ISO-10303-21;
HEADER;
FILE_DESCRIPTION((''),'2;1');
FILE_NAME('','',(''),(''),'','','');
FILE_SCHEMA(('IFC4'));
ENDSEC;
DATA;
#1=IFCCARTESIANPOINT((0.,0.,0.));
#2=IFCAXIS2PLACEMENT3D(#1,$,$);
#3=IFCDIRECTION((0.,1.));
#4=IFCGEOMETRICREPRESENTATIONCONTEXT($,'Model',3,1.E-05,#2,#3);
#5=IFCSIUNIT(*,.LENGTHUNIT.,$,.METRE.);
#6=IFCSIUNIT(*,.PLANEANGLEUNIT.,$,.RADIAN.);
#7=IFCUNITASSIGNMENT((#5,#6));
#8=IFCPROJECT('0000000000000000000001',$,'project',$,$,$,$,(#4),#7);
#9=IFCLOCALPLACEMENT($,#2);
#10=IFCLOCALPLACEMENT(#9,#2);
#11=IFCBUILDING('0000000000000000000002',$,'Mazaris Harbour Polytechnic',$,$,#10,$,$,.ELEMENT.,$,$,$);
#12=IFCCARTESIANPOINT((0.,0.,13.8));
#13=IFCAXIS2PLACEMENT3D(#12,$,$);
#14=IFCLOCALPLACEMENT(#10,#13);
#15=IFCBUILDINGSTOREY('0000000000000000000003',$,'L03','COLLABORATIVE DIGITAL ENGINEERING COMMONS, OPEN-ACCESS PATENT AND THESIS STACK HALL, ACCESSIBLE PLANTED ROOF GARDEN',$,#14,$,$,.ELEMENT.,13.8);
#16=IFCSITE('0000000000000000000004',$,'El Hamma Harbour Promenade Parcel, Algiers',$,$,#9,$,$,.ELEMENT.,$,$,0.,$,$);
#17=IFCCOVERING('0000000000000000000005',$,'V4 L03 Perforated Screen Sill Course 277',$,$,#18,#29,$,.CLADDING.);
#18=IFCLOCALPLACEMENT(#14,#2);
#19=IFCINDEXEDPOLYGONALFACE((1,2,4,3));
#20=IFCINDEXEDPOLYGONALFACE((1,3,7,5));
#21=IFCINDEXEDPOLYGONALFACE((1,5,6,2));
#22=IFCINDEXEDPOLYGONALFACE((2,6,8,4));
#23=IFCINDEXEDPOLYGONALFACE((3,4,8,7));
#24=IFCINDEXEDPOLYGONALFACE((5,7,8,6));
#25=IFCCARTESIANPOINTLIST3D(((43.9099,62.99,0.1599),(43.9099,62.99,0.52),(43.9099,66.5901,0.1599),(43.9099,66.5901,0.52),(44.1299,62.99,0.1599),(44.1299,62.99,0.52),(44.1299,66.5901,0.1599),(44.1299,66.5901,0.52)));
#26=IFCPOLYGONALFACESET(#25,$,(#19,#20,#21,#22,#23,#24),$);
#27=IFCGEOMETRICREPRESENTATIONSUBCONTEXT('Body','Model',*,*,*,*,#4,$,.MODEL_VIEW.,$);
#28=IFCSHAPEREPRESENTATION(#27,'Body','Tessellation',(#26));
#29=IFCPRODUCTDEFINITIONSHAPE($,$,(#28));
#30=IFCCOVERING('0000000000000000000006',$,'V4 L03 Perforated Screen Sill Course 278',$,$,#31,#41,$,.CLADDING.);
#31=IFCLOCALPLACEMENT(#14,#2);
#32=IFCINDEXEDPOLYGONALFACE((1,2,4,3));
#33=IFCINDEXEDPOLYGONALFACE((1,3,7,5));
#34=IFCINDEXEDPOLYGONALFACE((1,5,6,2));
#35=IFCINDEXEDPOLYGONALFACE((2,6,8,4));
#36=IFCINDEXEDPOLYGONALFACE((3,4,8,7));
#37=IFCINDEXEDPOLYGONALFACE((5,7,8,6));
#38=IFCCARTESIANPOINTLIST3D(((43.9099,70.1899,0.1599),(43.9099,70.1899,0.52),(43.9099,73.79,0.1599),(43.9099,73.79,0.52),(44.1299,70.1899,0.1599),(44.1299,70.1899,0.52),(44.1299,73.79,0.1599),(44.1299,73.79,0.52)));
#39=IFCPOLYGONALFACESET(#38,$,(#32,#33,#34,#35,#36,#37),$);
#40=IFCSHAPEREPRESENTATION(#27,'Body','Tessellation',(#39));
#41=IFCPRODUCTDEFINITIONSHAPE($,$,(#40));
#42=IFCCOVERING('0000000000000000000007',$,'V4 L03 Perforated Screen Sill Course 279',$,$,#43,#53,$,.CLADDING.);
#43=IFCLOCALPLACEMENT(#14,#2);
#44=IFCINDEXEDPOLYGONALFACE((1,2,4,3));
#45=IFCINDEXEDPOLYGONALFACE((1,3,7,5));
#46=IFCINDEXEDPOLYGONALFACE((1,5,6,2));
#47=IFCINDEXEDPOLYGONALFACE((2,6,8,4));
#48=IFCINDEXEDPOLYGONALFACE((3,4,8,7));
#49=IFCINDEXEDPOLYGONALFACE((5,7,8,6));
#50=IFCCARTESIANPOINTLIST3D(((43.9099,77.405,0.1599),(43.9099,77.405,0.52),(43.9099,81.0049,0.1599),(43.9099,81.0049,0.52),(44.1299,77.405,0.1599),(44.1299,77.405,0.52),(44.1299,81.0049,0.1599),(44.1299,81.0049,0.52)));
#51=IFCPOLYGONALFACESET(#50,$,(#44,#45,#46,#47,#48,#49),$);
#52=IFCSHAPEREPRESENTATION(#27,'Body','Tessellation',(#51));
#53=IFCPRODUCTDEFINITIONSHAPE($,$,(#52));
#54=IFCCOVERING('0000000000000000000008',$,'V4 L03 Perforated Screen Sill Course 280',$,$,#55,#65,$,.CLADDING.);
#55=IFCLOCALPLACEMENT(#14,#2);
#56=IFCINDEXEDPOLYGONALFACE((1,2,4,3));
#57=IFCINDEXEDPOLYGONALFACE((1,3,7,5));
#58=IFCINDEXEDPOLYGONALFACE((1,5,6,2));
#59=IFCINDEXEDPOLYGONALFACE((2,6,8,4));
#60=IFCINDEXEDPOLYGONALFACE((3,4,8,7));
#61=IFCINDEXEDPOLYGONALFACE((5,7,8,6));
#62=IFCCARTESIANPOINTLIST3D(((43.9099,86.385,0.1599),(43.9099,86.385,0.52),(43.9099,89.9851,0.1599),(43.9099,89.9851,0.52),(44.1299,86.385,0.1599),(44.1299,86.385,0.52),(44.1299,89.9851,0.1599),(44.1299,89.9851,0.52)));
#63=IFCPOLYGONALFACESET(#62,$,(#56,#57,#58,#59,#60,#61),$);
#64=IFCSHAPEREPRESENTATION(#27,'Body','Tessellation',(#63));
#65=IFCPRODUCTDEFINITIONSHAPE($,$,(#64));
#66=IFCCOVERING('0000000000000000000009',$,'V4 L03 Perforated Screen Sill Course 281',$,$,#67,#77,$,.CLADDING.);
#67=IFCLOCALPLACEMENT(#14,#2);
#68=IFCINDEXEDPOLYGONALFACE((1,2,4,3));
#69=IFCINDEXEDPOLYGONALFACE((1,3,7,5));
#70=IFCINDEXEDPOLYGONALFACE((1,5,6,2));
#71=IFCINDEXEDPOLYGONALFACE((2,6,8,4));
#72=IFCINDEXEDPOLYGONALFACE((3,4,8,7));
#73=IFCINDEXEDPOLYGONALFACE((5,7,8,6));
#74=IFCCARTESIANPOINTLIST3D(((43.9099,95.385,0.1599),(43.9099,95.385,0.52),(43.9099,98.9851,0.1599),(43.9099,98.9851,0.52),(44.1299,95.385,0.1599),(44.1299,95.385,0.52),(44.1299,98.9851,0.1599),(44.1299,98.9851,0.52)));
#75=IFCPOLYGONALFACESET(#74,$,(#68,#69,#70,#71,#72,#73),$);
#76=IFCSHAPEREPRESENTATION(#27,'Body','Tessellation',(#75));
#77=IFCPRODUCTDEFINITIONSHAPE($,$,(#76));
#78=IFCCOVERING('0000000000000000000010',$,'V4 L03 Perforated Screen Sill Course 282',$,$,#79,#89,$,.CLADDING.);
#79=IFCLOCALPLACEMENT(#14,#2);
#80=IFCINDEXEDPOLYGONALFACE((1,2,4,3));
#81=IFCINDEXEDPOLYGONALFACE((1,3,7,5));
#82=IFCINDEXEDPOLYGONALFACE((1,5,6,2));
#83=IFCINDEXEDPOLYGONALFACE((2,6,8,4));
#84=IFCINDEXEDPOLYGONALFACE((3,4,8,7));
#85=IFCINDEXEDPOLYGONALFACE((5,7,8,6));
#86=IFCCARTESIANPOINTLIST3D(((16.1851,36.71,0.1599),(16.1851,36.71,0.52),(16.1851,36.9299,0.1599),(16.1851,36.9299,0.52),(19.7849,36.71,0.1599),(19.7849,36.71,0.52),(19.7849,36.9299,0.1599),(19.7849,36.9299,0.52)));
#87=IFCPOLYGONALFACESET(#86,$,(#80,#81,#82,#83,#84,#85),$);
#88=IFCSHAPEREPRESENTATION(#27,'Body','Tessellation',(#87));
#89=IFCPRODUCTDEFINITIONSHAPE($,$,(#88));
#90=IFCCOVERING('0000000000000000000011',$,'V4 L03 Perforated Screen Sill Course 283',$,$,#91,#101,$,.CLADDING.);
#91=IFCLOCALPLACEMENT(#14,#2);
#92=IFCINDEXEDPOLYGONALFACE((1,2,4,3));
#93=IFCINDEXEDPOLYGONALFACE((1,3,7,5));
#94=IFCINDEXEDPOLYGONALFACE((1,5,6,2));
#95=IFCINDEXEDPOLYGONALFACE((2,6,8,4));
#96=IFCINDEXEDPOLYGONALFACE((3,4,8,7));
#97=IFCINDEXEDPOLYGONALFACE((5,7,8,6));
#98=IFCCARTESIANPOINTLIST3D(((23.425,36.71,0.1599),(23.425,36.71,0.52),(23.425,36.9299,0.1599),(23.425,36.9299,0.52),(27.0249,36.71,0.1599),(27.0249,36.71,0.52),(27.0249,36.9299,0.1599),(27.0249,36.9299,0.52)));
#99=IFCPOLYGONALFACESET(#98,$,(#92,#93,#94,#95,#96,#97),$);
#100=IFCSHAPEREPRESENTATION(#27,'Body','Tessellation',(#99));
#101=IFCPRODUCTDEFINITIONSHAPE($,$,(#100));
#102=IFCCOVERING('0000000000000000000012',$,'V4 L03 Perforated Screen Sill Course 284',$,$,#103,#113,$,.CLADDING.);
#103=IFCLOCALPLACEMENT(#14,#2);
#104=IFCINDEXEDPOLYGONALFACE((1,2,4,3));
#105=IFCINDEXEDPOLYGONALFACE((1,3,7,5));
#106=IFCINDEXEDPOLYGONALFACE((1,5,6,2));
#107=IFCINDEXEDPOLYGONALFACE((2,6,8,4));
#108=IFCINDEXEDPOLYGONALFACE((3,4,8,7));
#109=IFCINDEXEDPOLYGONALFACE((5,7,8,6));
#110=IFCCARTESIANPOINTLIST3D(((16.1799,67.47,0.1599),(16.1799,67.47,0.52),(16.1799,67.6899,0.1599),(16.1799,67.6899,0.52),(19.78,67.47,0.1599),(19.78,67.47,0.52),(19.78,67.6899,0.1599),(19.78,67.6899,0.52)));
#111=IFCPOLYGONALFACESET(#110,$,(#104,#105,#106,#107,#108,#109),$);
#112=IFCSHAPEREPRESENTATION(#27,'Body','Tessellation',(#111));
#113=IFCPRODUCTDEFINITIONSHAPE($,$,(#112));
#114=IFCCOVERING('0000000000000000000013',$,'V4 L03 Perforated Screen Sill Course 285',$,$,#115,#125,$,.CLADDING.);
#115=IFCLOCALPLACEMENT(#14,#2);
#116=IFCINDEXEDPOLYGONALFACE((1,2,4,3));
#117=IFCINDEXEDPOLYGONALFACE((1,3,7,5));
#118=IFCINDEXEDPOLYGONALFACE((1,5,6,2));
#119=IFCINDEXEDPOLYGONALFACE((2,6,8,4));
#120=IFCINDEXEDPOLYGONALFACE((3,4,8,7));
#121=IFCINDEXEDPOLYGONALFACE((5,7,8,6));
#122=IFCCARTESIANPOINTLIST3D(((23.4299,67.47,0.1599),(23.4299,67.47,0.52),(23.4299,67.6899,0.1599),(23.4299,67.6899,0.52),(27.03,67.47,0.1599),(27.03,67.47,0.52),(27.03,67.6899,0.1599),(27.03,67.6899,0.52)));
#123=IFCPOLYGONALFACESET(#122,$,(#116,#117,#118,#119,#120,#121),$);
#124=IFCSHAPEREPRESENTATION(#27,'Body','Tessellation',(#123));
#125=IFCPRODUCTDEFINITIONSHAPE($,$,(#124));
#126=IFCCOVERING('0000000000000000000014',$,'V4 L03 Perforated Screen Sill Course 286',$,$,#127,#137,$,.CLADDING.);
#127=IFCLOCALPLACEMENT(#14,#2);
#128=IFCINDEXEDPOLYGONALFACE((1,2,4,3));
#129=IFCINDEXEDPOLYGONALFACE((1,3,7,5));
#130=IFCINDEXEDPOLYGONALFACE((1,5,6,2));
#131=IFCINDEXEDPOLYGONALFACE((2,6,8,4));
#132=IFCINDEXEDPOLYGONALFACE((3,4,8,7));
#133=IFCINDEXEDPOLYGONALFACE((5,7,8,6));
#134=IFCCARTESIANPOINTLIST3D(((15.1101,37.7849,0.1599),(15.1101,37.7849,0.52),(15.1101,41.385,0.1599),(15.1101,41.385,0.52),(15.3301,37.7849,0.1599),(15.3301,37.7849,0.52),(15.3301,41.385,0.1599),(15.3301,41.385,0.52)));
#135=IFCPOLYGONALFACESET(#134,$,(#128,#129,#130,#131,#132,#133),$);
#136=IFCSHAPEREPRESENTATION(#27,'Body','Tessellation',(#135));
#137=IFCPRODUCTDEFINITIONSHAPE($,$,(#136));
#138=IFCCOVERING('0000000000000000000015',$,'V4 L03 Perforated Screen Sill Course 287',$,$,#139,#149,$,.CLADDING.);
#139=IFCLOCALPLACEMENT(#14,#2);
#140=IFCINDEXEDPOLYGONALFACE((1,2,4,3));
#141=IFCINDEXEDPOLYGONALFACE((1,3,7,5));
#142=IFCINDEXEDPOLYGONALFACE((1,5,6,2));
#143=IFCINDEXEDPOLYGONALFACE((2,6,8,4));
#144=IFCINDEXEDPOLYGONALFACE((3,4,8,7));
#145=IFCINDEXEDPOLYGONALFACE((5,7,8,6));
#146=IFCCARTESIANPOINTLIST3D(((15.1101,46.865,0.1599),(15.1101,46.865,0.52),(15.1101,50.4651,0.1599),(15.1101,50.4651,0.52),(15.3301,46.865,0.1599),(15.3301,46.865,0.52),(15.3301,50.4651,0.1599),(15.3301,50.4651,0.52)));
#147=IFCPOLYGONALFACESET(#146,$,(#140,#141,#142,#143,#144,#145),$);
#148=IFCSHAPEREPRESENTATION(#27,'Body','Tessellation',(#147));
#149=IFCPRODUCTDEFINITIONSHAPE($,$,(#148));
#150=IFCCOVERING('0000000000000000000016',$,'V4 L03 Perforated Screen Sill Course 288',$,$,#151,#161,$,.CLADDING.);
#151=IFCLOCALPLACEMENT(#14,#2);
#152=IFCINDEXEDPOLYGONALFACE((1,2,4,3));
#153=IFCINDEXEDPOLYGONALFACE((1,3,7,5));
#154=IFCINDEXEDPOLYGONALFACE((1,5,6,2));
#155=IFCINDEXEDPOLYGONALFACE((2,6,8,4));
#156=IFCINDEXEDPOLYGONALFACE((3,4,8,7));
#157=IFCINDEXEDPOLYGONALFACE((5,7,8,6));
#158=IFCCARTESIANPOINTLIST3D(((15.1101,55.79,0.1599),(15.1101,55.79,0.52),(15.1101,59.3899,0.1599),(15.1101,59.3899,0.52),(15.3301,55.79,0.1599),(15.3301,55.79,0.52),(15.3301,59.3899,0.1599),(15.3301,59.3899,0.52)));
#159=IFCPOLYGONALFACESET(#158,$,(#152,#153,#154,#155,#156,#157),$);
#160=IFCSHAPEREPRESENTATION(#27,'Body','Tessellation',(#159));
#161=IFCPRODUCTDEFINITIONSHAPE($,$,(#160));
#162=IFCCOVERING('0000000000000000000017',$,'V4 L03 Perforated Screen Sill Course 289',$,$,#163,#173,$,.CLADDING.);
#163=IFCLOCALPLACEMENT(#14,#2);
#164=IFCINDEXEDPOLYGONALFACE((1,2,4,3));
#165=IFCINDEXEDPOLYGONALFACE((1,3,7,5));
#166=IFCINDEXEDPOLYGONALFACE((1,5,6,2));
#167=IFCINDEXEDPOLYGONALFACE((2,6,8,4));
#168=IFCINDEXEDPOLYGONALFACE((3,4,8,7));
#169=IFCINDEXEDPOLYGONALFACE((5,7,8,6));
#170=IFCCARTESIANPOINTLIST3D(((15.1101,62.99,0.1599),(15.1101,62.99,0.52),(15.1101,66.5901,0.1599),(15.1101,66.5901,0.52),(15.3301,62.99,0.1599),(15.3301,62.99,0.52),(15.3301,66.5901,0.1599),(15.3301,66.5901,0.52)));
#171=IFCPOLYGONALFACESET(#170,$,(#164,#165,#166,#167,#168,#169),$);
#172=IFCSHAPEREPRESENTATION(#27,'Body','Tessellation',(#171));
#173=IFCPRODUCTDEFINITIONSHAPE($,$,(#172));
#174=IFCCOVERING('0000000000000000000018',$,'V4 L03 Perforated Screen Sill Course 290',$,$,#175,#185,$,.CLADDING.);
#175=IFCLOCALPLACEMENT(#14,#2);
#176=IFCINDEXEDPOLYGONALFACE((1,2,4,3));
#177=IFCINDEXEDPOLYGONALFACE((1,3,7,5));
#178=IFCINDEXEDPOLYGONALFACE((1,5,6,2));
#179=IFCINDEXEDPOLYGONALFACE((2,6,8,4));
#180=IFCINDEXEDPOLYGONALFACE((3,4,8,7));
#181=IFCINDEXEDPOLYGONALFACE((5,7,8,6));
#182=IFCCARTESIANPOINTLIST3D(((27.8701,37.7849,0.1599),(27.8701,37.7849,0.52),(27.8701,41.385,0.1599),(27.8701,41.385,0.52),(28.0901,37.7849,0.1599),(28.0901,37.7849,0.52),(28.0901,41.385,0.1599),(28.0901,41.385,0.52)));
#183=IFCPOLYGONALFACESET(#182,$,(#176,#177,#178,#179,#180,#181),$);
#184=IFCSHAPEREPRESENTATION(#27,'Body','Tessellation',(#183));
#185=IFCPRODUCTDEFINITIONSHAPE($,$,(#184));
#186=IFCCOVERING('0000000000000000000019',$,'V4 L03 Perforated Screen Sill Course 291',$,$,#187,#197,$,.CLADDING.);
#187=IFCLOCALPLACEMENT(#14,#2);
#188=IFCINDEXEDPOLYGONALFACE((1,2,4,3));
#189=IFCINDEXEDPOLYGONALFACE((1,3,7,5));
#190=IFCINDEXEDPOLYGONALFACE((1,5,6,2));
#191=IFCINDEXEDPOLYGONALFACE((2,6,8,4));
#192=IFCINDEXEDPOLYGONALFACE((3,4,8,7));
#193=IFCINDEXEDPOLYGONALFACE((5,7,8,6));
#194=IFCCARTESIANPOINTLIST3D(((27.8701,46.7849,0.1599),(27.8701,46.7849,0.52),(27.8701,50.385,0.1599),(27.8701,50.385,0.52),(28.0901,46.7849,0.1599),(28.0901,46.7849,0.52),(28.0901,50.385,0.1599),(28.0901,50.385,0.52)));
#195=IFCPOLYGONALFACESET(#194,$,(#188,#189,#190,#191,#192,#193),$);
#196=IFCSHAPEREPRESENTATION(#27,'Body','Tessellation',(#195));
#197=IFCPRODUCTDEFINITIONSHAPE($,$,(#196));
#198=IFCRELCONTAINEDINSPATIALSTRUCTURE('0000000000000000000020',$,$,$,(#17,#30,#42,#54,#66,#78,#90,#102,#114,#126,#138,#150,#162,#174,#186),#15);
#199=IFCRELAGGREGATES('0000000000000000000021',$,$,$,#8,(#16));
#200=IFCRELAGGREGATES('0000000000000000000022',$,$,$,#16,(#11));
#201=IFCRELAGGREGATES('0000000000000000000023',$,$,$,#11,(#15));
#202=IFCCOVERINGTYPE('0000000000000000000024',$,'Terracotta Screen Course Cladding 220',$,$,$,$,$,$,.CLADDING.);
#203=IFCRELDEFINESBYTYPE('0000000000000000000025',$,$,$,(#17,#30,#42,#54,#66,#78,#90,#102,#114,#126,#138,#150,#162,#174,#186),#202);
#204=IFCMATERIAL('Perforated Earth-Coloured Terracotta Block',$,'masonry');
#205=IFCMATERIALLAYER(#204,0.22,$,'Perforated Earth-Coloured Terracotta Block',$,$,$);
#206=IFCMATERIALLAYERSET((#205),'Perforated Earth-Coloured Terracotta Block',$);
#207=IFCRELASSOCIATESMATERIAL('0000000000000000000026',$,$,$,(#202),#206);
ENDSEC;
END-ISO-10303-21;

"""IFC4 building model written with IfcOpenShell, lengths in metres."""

from ifc_helpers import new_model, si_unit, direction, frame, origin, place, context, subcontext, project, spatial, polyline, outline, extrude, material, layer, layer_set, type_object, element, save


model = new_model("IFC4")

# Units and contexts
model_context = context("Model", 3, precision=1e-05, world=origin(), true_north=direction((0.0, 1.0)))
body_context = subcontext(model_context, "Body", "Model", "MODEL_VIEW")
ifc_project = project(units=[si_unit("LENGTHUNIT", "METRE"), si_unit("PLANEANGLEUNIT", "RADIAN")], contexts=[model_context])

# Site, building, storey
site_placement = place(None, origin())
site = spatial("IfcSite", under=ifc_project, at=site_placement, Name="El Hamma Harbour Promenade Parcel, Algiers", CompositionType="ELEMENT", RefElevation=0.0)
building_placement = place(site_placement, origin())
building = spatial("IfcBuilding", under=site, at=building_placement, Name="Mazaris Harbour Polytechnic", CompositionType="ELEMENT")
storey_placement = place(building_placement, frame((0.0, 0.0, 13.8)))
storey = spatial("IfcBuildingStorey", under=building, at=storey_placement, Name="L03", Description="COLLABORATIVE DIGITAL ENGINEERING COMMONS, OPEN-ACCESS PATENT AND THESIS STACK HALL, ACCESSIBLE PLANTED ROOF GARDEN", CompositionType="ELEMENT", Elevation=13.8)

# Coverings
ifc_material = material(Name="Perforated Earth-Coloured Terracotta Block", Category="masonry")
ifc_layer = layer(ifc_material, 0.22, Name="Perforated Earth-Coloured Terracotta Block")
ifc_layer_set = layer_set([ifc_layer], Name="Perforated Earth-Coloured Terracotta Block")
covering_type = type_object("IfcCoveringType", Name="Terracotta Screen Course Cladding 220", PredefinedType="CLADDING", material=ifc_layer_set)
covering_1_placement = place(storey_placement, frame((0.0, 0.0, 0.1599)))
element("IfcCovering", 1, at=covering_1_placement, inside=storey, type_object=covering_type, Name="V4 L03 Perforated Screen Sill Course 277", PredefinedType="CLADDING", context=body_context, shape_type="SweptSolid", body=[
    extrude(outline(polyline([(43.9099, 66.5901), (43.9099, 62.99), (44.1299, 62.99), (44.1299, 66.5901), (43.9099, 66.5901)])), origin(), (0.0, 0.0, 1.0), 0.3601),
])
covering_2_placement = place(storey_placement, frame((0.0, 0.0, 0.1599)))
element("IfcCovering", 2, at=covering_2_placement, inside=storey, type_object=covering_type, Name="V4 L03 Perforated Screen Sill Course 278", PredefinedType="CLADDING", context=body_context, shape_type="SweptSolid", body=[
    extrude(outline(polyline([(43.9099, 73.79), (43.9099, 70.1899), (44.1299, 70.1899), (44.1299, 73.79), (43.9099, 73.79)])), origin(), (0.0, 0.0, 1.0), 0.3601),
])
covering_3_placement = place(storey_placement, frame((0.0, 0.0, 0.1599)))
element("IfcCovering", 3, at=covering_3_placement, inside=storey, type_object=covering_type, Name="V4 L03 Perforated Screen Sill Course 279", PredefinedType="CLADDING", context=body_context, shape_type="SweptSolid", body=[
    extrude(outline(polyline([(43.9099, 81.0049), (43.9099, 77.405), (44.1299, 77.405), (44.1299, 81.0049), (43.9099, 81.0049)])), origin(), (0.0, 0.0, 1.0), 0.3601),
])
covering_4_placement = place(storey_placement, frame((0.0, 0.0, 0.1599)))
element("IfcCovering", 4, at=covering_4_placement, inside=storey, type_object=covering_type, Name="V4 L03 Perforated Screen Sill Course 280", PredefinedType="CLADDING", context=body_context, shape_type="SweptSolid", body=[
    extrude(outline(polyline([(43.9099, 89.9851), (43.9099, 86.385), (44.1299, 86.385), (44.1299, 89.9851), (43.9099, 89.9851)])), origin(), (0.0, 0.0, 1.0), 0.3601),
])
covering_5_placement = place(storey_placement, frame((0.0, 0.0, 0.1599)))
element("IfcCovering", 5, at=covering_5_placement, inside=storey, type_object=covering_type, Name="V4 L03 Perforated Screen Sill Course 281", PredefinedType="CLADDING", context=body_context, shape_type="SweptSolid", body=[
    extrude(outline(polyline([(43.9099, 98.9851), (43.9099, 95.385), (44.1299, 95.385), (44.1299, 98.9851), (43.9099, 98.9851)])), origin(), (0.0, 0.0, 1.0), 0.3601),
])
covering_6_placement = place(storey_placement, frame((0.0, 0.0, 0.1599)))
element("IfcCovering", 6, at=covering_6_placement, inside=storey, type_object=covering_type, Name="V4 L03 Perforated Screen Sill Course 282", PredefinedType="CLADDING", context=body_context, shape_type="SweptSolid", body=[
    extrude(outline(polyline([(16.1851, 36.71), (19.7849, 36.71), (19.7849, 36.9299), (16.1851, 36.9299), (16.1851, 36.71)])), origin(), (0.0, 0.0, 1.0), 0.3601),
])
covering_7_placement = place(storey_placement, frame((0.0, 0.0, 0.1599)))
element("IfcCovering", 7, at=covering_7_placement, inside=storey, type_object=covering_type, Name="V4 L03 Perforated Screen Sill Course 283", PredefinedType="CLADDING", context=body_context, shape_type="SweptSolid", body=[
    extrude(outline(polyline([(23.425, 36.71), (27.0249, 36.71), (27.0249, 36.9299), (23.425, 36.9299), (23.425, 36.71)])), origin(), (0.0, 0.0, 1.0), 0.3601),
])
covering_8_placement = place(storey_placement, frame((0.0, 0.0, 0.1599)))
element("IfcCovering", 8, at=covering_8_placement, inside=storey, type_object=covering_type, Name="V4 L03 Perforated Screen Sill Course 284", PredefinedType="CLADDING", context=body_context, shape_type="SweptSolid", body=[
    extrude(outline(polyline([(19.78, 67.6899), (16.1799, 67.6899), (16.1799, 67.47), (19.78, 67.47), (19.78, 67.6899)])), origin(), (0.0, 0.0, 1.0), 0.3601),
])
covering_9_placement = place(storey_placement, frame((0.0, 0.0, 0.1599)))
element("IfcCovering", 9, at=covering_9_placement, inside=storey, type_object=covering_type, Name="V4 L03 Perforated Screen Sill Course 285", PredefinedType="CLADDING", context=body_context, shape_type="SweptSolid", body=[
    extrude(outline(polyline([(27.03, 67.6899), (23.4299, 67.6899), (23.4299, 67.47), (27.03, 67.47), (27.03, 67.6899)])), origin(), (0.0, 0.0, 1.0), 0.3601),
])
covering_10_placement = place(storey_placement, frame((0.0, 0.0, 0.1599)))
element("IfcCovering", 10, at=covering_10_placement, inside=storey, type_object=covering_type, Name="V4 L03 Perforated Screen Sill Course 286", PredefinedType="CLADDING", context=body_context, shape_type="SweptSolid", body=[
    extrude(outline(polyline([(15.1101, 37.7849), (15.1101, 41.385), (15.3301, 41.385), (15.3301, 37.7849), (15.1101, 37.7849)])), origin(), (0.0, 0.0, 1.0), 0.3601),
])
covering_11_placement = place(storey_placement, frame((0.0, 0.0, 0.1599)))
element("IfcCovering", 11, at=covering_11_placement, inside=storey, type_object=covering_type, Name="V4 L03 Perforated Screen Sill Course 287", PredefinedType="CLADDING", context=body_context, shape_type="SweptSolid", body=[
    extrude(outline(polyline([(15.1101, 46.865), (15.1101, 50.4651), (15.3301, 50.4651), (15.3301, 46.865), (15.1101, 46.865)])), origin(), (0.0, 0.0, 1.0), 0.3601),
])
covering_12_placement = place(storey_placement, frame((0.0, 0.0, 0.1599)))
element("IfcCovering", 12, at=covering_12_placement, inside=storey, type_object=covering_type, Name="V4 L03 Perforated Screen Sill Course 288", PredefinedType="CLADDING", context=body_context, shape_type="SweptSolid", body=[
    extrude(outline(polyline([(15.1101, 55.79), (15.1101, 59.3899), (15.3301, 59.3899), (15.3301, 55.79), (15.1101, 55.79)])), origin(), (0.0, 0.0, 1.0), 0.3601),
])
covering_13_placement = place(storey_placement, frame((0.0, 0.0, 0.1599)))
element("IfcCovering", 13, at=covering_13_placement, inside=storey, type_object=covering_type, Name="V4 L03 Perforated Screen Sill Course 289", PredefinedType="CLADDING", context=body_context, shape_type="SweptSolid", body=[
    extrude(outline(polyline([(15.1101, 62.99), (15.1101, 66.5901), (15.3301, 66.5901), (15.3301, 62.99), (15.1101, 62.99)])), origin(), (0.0, 0.0, 1.0), 0.3601),
])
covering_14_placement = place(storey_placement, frame((0.0, 0.0, 0.1599)))
element("IfcCovering", 14, at=covering_14_placement, inside=storey, type_object=covering_type, Name="V4 L03 Perforated Screen Sill Course 290", PredefinedType="CLADDING", context=body_context, shape_type="SweptSolid", body=[
    extrude(outline(polyline([(28.0901, 41.385), (28.0901, 37.7849), (27.8701, 37.7849), (27.8701, 41.385), (28.0901, 41.385)])), origin(), (0.0, 0.0, 1.0), 0.3601),
])
covering_15_placement = place(storey_placement, frame((0.0, 0.0, 0.1599)))
element("IfcCovering", 15, at=covering_15_placement, inside=storey, type_object=covering_type, Name="V4 L03 Perforated Screen Sill Course 291", PredefinedType="CLADDING", context=body_context, shape_type="SweptSolid", body=[
    extrude(outline(polyline([(28.0901, 50.385), (28.0901, 46.7849), (27.8701, 46.7849), (27.8701, 50.385), (28.0901, 50.385)])), origin(), (0.0, 0.0, 1.0), 0.3601),
])

save(model, "model.ifc")
